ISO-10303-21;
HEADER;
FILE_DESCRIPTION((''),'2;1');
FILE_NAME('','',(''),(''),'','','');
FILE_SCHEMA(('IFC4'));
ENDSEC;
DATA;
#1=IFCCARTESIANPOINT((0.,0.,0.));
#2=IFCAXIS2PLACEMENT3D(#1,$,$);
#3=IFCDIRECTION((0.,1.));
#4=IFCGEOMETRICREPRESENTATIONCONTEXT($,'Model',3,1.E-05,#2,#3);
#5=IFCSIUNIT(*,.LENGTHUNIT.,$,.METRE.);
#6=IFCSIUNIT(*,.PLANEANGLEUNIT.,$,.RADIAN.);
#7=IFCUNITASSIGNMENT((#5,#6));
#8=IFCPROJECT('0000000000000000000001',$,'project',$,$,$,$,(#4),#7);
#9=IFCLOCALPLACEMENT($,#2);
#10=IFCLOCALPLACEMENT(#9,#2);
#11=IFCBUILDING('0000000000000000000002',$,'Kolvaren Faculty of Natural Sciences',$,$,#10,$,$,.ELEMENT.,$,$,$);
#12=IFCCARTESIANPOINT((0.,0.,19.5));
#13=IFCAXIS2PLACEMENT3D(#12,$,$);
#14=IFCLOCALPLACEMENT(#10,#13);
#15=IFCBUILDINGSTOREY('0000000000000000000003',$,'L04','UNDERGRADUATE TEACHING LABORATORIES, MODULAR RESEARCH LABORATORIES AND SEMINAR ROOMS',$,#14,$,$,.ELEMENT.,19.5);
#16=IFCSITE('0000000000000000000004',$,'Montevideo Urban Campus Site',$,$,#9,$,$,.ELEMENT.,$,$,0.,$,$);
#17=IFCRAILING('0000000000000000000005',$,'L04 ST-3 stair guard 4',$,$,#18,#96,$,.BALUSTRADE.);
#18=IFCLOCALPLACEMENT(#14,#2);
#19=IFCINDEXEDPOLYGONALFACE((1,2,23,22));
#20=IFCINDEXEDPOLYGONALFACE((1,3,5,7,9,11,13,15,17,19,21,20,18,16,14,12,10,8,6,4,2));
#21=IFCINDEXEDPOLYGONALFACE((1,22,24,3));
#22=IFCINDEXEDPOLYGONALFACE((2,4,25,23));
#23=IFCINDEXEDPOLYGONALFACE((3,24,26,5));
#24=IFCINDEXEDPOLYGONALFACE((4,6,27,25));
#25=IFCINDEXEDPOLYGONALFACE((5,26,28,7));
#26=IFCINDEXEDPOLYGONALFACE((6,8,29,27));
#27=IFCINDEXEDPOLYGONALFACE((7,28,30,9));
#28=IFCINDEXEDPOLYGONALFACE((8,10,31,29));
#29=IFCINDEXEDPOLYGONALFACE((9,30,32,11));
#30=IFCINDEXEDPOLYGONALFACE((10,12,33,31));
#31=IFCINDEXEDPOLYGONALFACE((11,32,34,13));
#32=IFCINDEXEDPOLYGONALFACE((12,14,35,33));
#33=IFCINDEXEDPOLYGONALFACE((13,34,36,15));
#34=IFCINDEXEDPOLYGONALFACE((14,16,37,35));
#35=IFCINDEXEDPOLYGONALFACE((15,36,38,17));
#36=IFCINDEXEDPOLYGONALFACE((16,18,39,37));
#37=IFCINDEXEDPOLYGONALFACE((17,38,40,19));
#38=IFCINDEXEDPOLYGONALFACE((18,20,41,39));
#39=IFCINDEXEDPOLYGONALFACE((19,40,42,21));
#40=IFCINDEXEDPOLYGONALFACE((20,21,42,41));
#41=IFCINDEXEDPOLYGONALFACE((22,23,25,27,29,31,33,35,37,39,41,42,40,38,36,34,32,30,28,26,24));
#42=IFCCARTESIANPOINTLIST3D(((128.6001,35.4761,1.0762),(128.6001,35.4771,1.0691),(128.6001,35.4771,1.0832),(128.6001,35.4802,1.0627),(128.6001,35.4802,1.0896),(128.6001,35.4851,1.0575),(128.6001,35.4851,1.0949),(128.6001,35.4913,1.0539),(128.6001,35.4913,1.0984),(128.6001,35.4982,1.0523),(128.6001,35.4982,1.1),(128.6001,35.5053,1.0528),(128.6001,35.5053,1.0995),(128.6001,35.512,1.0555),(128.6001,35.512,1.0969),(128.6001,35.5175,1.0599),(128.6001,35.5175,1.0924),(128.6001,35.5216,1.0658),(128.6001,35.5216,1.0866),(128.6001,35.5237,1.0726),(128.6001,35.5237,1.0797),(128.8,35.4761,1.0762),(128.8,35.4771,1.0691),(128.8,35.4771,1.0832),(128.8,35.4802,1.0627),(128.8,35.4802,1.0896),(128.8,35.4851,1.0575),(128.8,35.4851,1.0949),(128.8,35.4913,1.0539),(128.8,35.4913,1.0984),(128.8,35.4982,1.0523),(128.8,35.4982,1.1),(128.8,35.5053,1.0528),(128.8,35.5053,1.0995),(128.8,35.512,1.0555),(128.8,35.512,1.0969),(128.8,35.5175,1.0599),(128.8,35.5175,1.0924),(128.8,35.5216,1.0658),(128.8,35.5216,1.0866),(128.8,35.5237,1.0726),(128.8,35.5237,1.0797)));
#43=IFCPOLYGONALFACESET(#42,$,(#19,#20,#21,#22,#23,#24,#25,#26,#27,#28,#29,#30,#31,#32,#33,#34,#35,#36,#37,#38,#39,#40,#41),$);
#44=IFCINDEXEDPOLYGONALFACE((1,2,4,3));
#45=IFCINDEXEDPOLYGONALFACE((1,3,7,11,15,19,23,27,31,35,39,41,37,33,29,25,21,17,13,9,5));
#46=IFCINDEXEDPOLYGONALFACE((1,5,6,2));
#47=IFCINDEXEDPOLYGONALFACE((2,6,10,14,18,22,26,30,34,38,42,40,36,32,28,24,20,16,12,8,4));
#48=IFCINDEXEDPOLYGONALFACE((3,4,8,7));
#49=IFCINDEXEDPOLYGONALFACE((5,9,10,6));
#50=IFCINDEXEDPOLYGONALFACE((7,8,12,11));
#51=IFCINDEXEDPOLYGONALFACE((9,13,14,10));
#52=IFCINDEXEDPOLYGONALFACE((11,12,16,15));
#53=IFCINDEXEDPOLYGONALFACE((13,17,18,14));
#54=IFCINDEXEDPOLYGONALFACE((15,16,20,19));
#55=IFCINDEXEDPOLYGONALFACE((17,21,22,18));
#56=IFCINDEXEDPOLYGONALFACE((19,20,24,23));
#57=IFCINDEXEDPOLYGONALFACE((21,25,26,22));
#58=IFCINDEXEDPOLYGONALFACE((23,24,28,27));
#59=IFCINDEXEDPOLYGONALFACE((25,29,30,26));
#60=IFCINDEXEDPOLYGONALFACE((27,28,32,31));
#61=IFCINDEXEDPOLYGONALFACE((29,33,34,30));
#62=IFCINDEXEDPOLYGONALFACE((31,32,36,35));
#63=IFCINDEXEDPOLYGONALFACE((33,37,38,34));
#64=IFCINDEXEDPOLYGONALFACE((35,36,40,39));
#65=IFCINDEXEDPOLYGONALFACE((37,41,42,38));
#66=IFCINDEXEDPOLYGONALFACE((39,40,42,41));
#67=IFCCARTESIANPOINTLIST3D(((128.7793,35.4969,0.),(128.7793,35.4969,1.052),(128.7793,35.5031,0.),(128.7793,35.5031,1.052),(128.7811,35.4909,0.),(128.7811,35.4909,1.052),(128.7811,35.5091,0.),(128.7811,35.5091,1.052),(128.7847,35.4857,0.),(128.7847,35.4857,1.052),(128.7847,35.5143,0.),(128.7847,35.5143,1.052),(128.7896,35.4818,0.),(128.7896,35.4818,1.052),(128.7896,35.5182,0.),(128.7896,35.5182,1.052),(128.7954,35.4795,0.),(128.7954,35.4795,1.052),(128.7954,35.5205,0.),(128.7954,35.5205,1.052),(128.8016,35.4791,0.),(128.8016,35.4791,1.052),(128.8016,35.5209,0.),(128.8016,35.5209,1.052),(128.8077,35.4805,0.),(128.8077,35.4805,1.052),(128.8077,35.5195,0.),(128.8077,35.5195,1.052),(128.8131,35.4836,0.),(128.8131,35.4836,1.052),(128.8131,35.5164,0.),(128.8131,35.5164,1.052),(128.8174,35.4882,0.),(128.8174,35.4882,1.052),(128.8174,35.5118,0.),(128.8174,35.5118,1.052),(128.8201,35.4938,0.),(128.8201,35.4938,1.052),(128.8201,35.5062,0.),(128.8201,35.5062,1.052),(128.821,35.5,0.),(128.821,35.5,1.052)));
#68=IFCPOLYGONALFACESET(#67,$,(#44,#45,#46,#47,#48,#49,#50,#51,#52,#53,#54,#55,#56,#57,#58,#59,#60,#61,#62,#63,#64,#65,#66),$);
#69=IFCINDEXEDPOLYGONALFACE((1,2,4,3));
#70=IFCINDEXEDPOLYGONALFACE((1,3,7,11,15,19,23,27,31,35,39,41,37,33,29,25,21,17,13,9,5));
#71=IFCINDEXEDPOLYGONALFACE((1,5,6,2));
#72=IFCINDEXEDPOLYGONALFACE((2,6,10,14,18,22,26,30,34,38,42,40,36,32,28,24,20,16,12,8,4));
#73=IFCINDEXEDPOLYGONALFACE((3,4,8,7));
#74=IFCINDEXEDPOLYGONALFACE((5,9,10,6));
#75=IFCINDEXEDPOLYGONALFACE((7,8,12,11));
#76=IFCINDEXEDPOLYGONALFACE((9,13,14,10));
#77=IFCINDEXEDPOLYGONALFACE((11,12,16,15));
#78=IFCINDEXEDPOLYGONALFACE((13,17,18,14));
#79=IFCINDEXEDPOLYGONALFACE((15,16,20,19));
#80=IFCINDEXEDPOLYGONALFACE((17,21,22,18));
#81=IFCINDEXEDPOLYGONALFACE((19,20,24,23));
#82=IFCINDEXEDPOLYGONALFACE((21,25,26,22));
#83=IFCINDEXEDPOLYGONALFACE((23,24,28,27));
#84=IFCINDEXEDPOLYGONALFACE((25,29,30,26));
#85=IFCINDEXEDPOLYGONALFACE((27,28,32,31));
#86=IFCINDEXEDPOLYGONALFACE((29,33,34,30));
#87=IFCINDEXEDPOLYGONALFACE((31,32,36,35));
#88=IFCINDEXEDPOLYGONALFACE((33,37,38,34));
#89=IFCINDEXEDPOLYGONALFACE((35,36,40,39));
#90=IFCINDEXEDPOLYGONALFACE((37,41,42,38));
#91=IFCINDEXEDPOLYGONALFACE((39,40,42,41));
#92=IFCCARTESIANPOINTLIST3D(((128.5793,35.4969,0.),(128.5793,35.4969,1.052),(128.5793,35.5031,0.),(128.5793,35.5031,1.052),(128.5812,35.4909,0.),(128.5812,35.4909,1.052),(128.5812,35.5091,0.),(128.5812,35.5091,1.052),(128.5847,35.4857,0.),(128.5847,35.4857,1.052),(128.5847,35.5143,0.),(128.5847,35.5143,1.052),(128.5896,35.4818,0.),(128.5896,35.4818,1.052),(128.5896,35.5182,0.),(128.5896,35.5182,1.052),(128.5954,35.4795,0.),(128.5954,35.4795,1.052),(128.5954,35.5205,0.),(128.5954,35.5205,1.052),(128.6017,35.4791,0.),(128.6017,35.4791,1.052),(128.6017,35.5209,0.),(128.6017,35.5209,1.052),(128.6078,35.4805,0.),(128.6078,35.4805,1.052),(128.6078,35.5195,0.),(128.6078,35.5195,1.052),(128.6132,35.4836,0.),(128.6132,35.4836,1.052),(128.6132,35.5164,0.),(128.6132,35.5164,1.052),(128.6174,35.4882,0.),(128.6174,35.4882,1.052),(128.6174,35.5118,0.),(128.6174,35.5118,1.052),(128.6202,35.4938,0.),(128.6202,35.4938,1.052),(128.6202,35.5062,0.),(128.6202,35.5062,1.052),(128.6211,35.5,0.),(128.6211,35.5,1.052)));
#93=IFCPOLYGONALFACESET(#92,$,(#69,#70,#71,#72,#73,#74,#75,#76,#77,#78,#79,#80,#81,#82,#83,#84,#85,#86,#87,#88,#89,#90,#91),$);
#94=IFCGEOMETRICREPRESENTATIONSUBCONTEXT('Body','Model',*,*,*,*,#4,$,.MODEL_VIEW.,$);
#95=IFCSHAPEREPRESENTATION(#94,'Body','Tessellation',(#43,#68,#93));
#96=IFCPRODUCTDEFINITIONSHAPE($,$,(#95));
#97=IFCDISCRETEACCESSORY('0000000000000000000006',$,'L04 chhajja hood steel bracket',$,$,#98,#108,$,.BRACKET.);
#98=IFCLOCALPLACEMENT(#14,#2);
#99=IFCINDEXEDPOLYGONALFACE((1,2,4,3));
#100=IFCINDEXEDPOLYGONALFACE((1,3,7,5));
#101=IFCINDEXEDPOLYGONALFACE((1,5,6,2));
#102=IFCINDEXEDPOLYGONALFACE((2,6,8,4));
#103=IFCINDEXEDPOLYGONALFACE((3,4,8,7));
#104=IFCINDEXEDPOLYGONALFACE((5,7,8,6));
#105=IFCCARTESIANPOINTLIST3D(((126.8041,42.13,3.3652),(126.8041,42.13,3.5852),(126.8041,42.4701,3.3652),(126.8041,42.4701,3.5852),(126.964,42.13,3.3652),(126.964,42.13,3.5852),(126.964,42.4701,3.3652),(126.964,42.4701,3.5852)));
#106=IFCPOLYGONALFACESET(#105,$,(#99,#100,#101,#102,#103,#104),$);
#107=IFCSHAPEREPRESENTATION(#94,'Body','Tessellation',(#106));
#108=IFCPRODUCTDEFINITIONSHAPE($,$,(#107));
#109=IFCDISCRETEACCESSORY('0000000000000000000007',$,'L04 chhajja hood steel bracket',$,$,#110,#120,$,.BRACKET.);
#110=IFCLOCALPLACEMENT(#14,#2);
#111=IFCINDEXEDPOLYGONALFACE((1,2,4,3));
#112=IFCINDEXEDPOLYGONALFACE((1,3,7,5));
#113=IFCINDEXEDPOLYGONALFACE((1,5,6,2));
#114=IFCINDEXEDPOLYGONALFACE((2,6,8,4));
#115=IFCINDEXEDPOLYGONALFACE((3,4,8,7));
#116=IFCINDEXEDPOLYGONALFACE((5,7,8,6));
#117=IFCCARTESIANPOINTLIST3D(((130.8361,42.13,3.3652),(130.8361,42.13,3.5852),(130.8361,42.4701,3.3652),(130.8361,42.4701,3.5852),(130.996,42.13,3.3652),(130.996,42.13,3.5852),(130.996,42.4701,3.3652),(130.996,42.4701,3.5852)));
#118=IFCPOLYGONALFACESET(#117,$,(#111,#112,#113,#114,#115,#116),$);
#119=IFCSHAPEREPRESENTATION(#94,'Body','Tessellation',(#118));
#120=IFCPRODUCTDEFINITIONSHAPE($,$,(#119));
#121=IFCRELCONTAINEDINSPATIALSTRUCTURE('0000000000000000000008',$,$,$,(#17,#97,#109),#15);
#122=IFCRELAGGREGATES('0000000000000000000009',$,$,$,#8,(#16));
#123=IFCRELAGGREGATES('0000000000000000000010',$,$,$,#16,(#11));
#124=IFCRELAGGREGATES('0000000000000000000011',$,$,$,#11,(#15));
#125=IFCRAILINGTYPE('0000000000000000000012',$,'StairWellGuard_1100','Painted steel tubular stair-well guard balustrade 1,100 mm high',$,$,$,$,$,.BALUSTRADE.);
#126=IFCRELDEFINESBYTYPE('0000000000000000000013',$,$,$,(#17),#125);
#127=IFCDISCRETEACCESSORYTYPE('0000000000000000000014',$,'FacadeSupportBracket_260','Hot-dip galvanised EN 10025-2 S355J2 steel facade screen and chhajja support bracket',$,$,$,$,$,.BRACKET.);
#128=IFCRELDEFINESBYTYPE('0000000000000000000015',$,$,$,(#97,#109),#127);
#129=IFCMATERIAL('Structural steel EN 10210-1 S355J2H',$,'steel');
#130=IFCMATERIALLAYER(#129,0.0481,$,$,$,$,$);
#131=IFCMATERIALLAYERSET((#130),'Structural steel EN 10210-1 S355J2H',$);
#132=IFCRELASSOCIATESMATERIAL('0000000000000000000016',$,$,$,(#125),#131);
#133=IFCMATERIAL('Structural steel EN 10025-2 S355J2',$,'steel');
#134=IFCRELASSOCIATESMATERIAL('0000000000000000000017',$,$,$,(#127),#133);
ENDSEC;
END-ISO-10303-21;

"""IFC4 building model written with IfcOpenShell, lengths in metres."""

from ifc_helpers import new_model, si_unit, direction, frame, origin, origin_2d, place, context, subcontext, project, spatial, rectangle, circle, extrude, material, layer, layer_set, type_object, element, save


model = new_model("IFC4")

# Units and contexts
model_context = context("Model", 3, precision=1e-05, world=origin(), true_north=direction((0.0, 1.0)))
body_context = subcontext(model_context, "Body", "Model", "MODEL_VIEW")
ifc_project = project(units=[si_unit("LENGTHUNIT", "METRE"), si_unit("PLANEANGLEUNIT", "RADIAN")], contexts=[model_context])

# Site, building, storey
site_placement = place(None, origin())
site = spatial("IfcSite", under=ifc_project, at=site_placement, Name="Montevideo Urban Campus Site", CompositionType="ELEMENT", RefElevation=0.0)
building_placement = place(site_placement, origin())
building = spatial("IfcBuilding", under=site, at=building_placement, Name="Kolvaren Faculty of Natural Sciences", CompositionType="ELEMENT")
storey_placement = place(building_placement, frame((0.0, 0.0, 19.5)))
storey = spatial("IfcBuildingStorey", under=building, at=storey_placement, Name="L04", Description="UNDERGRADUATE TEACHING LABORATORIES, MODULAR RESEARCH LABORATORIES AND SEMINAR ROOMS", CompositionType="ELEMENT", Elevation=19.5)

# Railing
ifc_material_1 = material(Name="Structural steel EN 10210-1 S355J2H", Category="steel")
ifc_layer_1 = layer(ifc_material_1, 0.0481)
ifc_layer_set_1 = layer_set([ifc_layer_1], Name="Structural steel EN 10210-1 S355J2H")
railing_type_1 = type_object("IfcRailingType", Name="StairWellGuard_1100", Description="Painted steel tubular stair-well guard balustrade 1,100 mm high", PredefinedType="BALUSTRADE", material=ifc_layer_set_1)
railing_1_placement = place(storey_placement, frame((128.8, 35.5, 0.0)))
element("IfcRailing", 1, at=railing_1_placement, inside=storey, type_object=railing_type_1, Name="L04 ST-3 stair guard 4", PredefinedType="BALUSTRADE", context=body_context, shape_type="SweptSolid", body=[
    extrude(circle(Radius=0.0239, at=origin_2d()), frame((0.0, 0.0, 1.0762), z_axis=(-1.0, 0.0, 0.0), x_axis=(0.0, -1.0, 0.0)), (0.0, 0.0, 1.0), 0.2),
    extrude(circle(Radius=0.021, at=origin_2d()), origin(), (0.0, 0.0, 1.0), 1.052),
    extrude(circle(Radius=0.021, at=origin_2d()), frame((-0.2, 0.0, 0.0)), (0.0, 0.0, 1.0), 1.052),
])

# Discrete accessories
ifc_material_2 = material(Name="Structural steel EN 10025-2 S355J2", Category="steel")
discrete_accessory_type = type_object("IfcDiscreteAccessoryType", Name="FacadeSupportBracket_260", Description="Hot-dip galvanised EN 10025-2 S355J2 steel facade screen and chhajja support bracket", PredefinedType="BRACKET", material=ifc_material_2)
for number, where, z_axis, x_axis, name in (
    (2, (126.884, 42.3, 3.3652), (0.0, 0.0, 1.0), (1.0, 0.0, 0.0), "L04 chhajja hood steel bracket"),
    (3, (130.916, 42.3, 3.3652), (0.0, 0.0, 1.0), (1.0, 0.0, 0.0), "L04 chhajja hood steel bracket"),
):
    element("IfcDiscreteAccessory", number, at=place(storey_placement, frame(where, z_axis=z_axis, x_axis=x_axis)), inside=storey, type_object=discrete_accessory_type, Name=name, PredefinedType="BRACKET", context=body_context, shape_type="SweptSolid", body=[
        extrude(rectangle(XDim=0.1599, YDim=0.3401, at=origin_2d()), origin(), (0.0, 0.0, 1.0), 0.22),
    ])

save(model, "model.ifc")
